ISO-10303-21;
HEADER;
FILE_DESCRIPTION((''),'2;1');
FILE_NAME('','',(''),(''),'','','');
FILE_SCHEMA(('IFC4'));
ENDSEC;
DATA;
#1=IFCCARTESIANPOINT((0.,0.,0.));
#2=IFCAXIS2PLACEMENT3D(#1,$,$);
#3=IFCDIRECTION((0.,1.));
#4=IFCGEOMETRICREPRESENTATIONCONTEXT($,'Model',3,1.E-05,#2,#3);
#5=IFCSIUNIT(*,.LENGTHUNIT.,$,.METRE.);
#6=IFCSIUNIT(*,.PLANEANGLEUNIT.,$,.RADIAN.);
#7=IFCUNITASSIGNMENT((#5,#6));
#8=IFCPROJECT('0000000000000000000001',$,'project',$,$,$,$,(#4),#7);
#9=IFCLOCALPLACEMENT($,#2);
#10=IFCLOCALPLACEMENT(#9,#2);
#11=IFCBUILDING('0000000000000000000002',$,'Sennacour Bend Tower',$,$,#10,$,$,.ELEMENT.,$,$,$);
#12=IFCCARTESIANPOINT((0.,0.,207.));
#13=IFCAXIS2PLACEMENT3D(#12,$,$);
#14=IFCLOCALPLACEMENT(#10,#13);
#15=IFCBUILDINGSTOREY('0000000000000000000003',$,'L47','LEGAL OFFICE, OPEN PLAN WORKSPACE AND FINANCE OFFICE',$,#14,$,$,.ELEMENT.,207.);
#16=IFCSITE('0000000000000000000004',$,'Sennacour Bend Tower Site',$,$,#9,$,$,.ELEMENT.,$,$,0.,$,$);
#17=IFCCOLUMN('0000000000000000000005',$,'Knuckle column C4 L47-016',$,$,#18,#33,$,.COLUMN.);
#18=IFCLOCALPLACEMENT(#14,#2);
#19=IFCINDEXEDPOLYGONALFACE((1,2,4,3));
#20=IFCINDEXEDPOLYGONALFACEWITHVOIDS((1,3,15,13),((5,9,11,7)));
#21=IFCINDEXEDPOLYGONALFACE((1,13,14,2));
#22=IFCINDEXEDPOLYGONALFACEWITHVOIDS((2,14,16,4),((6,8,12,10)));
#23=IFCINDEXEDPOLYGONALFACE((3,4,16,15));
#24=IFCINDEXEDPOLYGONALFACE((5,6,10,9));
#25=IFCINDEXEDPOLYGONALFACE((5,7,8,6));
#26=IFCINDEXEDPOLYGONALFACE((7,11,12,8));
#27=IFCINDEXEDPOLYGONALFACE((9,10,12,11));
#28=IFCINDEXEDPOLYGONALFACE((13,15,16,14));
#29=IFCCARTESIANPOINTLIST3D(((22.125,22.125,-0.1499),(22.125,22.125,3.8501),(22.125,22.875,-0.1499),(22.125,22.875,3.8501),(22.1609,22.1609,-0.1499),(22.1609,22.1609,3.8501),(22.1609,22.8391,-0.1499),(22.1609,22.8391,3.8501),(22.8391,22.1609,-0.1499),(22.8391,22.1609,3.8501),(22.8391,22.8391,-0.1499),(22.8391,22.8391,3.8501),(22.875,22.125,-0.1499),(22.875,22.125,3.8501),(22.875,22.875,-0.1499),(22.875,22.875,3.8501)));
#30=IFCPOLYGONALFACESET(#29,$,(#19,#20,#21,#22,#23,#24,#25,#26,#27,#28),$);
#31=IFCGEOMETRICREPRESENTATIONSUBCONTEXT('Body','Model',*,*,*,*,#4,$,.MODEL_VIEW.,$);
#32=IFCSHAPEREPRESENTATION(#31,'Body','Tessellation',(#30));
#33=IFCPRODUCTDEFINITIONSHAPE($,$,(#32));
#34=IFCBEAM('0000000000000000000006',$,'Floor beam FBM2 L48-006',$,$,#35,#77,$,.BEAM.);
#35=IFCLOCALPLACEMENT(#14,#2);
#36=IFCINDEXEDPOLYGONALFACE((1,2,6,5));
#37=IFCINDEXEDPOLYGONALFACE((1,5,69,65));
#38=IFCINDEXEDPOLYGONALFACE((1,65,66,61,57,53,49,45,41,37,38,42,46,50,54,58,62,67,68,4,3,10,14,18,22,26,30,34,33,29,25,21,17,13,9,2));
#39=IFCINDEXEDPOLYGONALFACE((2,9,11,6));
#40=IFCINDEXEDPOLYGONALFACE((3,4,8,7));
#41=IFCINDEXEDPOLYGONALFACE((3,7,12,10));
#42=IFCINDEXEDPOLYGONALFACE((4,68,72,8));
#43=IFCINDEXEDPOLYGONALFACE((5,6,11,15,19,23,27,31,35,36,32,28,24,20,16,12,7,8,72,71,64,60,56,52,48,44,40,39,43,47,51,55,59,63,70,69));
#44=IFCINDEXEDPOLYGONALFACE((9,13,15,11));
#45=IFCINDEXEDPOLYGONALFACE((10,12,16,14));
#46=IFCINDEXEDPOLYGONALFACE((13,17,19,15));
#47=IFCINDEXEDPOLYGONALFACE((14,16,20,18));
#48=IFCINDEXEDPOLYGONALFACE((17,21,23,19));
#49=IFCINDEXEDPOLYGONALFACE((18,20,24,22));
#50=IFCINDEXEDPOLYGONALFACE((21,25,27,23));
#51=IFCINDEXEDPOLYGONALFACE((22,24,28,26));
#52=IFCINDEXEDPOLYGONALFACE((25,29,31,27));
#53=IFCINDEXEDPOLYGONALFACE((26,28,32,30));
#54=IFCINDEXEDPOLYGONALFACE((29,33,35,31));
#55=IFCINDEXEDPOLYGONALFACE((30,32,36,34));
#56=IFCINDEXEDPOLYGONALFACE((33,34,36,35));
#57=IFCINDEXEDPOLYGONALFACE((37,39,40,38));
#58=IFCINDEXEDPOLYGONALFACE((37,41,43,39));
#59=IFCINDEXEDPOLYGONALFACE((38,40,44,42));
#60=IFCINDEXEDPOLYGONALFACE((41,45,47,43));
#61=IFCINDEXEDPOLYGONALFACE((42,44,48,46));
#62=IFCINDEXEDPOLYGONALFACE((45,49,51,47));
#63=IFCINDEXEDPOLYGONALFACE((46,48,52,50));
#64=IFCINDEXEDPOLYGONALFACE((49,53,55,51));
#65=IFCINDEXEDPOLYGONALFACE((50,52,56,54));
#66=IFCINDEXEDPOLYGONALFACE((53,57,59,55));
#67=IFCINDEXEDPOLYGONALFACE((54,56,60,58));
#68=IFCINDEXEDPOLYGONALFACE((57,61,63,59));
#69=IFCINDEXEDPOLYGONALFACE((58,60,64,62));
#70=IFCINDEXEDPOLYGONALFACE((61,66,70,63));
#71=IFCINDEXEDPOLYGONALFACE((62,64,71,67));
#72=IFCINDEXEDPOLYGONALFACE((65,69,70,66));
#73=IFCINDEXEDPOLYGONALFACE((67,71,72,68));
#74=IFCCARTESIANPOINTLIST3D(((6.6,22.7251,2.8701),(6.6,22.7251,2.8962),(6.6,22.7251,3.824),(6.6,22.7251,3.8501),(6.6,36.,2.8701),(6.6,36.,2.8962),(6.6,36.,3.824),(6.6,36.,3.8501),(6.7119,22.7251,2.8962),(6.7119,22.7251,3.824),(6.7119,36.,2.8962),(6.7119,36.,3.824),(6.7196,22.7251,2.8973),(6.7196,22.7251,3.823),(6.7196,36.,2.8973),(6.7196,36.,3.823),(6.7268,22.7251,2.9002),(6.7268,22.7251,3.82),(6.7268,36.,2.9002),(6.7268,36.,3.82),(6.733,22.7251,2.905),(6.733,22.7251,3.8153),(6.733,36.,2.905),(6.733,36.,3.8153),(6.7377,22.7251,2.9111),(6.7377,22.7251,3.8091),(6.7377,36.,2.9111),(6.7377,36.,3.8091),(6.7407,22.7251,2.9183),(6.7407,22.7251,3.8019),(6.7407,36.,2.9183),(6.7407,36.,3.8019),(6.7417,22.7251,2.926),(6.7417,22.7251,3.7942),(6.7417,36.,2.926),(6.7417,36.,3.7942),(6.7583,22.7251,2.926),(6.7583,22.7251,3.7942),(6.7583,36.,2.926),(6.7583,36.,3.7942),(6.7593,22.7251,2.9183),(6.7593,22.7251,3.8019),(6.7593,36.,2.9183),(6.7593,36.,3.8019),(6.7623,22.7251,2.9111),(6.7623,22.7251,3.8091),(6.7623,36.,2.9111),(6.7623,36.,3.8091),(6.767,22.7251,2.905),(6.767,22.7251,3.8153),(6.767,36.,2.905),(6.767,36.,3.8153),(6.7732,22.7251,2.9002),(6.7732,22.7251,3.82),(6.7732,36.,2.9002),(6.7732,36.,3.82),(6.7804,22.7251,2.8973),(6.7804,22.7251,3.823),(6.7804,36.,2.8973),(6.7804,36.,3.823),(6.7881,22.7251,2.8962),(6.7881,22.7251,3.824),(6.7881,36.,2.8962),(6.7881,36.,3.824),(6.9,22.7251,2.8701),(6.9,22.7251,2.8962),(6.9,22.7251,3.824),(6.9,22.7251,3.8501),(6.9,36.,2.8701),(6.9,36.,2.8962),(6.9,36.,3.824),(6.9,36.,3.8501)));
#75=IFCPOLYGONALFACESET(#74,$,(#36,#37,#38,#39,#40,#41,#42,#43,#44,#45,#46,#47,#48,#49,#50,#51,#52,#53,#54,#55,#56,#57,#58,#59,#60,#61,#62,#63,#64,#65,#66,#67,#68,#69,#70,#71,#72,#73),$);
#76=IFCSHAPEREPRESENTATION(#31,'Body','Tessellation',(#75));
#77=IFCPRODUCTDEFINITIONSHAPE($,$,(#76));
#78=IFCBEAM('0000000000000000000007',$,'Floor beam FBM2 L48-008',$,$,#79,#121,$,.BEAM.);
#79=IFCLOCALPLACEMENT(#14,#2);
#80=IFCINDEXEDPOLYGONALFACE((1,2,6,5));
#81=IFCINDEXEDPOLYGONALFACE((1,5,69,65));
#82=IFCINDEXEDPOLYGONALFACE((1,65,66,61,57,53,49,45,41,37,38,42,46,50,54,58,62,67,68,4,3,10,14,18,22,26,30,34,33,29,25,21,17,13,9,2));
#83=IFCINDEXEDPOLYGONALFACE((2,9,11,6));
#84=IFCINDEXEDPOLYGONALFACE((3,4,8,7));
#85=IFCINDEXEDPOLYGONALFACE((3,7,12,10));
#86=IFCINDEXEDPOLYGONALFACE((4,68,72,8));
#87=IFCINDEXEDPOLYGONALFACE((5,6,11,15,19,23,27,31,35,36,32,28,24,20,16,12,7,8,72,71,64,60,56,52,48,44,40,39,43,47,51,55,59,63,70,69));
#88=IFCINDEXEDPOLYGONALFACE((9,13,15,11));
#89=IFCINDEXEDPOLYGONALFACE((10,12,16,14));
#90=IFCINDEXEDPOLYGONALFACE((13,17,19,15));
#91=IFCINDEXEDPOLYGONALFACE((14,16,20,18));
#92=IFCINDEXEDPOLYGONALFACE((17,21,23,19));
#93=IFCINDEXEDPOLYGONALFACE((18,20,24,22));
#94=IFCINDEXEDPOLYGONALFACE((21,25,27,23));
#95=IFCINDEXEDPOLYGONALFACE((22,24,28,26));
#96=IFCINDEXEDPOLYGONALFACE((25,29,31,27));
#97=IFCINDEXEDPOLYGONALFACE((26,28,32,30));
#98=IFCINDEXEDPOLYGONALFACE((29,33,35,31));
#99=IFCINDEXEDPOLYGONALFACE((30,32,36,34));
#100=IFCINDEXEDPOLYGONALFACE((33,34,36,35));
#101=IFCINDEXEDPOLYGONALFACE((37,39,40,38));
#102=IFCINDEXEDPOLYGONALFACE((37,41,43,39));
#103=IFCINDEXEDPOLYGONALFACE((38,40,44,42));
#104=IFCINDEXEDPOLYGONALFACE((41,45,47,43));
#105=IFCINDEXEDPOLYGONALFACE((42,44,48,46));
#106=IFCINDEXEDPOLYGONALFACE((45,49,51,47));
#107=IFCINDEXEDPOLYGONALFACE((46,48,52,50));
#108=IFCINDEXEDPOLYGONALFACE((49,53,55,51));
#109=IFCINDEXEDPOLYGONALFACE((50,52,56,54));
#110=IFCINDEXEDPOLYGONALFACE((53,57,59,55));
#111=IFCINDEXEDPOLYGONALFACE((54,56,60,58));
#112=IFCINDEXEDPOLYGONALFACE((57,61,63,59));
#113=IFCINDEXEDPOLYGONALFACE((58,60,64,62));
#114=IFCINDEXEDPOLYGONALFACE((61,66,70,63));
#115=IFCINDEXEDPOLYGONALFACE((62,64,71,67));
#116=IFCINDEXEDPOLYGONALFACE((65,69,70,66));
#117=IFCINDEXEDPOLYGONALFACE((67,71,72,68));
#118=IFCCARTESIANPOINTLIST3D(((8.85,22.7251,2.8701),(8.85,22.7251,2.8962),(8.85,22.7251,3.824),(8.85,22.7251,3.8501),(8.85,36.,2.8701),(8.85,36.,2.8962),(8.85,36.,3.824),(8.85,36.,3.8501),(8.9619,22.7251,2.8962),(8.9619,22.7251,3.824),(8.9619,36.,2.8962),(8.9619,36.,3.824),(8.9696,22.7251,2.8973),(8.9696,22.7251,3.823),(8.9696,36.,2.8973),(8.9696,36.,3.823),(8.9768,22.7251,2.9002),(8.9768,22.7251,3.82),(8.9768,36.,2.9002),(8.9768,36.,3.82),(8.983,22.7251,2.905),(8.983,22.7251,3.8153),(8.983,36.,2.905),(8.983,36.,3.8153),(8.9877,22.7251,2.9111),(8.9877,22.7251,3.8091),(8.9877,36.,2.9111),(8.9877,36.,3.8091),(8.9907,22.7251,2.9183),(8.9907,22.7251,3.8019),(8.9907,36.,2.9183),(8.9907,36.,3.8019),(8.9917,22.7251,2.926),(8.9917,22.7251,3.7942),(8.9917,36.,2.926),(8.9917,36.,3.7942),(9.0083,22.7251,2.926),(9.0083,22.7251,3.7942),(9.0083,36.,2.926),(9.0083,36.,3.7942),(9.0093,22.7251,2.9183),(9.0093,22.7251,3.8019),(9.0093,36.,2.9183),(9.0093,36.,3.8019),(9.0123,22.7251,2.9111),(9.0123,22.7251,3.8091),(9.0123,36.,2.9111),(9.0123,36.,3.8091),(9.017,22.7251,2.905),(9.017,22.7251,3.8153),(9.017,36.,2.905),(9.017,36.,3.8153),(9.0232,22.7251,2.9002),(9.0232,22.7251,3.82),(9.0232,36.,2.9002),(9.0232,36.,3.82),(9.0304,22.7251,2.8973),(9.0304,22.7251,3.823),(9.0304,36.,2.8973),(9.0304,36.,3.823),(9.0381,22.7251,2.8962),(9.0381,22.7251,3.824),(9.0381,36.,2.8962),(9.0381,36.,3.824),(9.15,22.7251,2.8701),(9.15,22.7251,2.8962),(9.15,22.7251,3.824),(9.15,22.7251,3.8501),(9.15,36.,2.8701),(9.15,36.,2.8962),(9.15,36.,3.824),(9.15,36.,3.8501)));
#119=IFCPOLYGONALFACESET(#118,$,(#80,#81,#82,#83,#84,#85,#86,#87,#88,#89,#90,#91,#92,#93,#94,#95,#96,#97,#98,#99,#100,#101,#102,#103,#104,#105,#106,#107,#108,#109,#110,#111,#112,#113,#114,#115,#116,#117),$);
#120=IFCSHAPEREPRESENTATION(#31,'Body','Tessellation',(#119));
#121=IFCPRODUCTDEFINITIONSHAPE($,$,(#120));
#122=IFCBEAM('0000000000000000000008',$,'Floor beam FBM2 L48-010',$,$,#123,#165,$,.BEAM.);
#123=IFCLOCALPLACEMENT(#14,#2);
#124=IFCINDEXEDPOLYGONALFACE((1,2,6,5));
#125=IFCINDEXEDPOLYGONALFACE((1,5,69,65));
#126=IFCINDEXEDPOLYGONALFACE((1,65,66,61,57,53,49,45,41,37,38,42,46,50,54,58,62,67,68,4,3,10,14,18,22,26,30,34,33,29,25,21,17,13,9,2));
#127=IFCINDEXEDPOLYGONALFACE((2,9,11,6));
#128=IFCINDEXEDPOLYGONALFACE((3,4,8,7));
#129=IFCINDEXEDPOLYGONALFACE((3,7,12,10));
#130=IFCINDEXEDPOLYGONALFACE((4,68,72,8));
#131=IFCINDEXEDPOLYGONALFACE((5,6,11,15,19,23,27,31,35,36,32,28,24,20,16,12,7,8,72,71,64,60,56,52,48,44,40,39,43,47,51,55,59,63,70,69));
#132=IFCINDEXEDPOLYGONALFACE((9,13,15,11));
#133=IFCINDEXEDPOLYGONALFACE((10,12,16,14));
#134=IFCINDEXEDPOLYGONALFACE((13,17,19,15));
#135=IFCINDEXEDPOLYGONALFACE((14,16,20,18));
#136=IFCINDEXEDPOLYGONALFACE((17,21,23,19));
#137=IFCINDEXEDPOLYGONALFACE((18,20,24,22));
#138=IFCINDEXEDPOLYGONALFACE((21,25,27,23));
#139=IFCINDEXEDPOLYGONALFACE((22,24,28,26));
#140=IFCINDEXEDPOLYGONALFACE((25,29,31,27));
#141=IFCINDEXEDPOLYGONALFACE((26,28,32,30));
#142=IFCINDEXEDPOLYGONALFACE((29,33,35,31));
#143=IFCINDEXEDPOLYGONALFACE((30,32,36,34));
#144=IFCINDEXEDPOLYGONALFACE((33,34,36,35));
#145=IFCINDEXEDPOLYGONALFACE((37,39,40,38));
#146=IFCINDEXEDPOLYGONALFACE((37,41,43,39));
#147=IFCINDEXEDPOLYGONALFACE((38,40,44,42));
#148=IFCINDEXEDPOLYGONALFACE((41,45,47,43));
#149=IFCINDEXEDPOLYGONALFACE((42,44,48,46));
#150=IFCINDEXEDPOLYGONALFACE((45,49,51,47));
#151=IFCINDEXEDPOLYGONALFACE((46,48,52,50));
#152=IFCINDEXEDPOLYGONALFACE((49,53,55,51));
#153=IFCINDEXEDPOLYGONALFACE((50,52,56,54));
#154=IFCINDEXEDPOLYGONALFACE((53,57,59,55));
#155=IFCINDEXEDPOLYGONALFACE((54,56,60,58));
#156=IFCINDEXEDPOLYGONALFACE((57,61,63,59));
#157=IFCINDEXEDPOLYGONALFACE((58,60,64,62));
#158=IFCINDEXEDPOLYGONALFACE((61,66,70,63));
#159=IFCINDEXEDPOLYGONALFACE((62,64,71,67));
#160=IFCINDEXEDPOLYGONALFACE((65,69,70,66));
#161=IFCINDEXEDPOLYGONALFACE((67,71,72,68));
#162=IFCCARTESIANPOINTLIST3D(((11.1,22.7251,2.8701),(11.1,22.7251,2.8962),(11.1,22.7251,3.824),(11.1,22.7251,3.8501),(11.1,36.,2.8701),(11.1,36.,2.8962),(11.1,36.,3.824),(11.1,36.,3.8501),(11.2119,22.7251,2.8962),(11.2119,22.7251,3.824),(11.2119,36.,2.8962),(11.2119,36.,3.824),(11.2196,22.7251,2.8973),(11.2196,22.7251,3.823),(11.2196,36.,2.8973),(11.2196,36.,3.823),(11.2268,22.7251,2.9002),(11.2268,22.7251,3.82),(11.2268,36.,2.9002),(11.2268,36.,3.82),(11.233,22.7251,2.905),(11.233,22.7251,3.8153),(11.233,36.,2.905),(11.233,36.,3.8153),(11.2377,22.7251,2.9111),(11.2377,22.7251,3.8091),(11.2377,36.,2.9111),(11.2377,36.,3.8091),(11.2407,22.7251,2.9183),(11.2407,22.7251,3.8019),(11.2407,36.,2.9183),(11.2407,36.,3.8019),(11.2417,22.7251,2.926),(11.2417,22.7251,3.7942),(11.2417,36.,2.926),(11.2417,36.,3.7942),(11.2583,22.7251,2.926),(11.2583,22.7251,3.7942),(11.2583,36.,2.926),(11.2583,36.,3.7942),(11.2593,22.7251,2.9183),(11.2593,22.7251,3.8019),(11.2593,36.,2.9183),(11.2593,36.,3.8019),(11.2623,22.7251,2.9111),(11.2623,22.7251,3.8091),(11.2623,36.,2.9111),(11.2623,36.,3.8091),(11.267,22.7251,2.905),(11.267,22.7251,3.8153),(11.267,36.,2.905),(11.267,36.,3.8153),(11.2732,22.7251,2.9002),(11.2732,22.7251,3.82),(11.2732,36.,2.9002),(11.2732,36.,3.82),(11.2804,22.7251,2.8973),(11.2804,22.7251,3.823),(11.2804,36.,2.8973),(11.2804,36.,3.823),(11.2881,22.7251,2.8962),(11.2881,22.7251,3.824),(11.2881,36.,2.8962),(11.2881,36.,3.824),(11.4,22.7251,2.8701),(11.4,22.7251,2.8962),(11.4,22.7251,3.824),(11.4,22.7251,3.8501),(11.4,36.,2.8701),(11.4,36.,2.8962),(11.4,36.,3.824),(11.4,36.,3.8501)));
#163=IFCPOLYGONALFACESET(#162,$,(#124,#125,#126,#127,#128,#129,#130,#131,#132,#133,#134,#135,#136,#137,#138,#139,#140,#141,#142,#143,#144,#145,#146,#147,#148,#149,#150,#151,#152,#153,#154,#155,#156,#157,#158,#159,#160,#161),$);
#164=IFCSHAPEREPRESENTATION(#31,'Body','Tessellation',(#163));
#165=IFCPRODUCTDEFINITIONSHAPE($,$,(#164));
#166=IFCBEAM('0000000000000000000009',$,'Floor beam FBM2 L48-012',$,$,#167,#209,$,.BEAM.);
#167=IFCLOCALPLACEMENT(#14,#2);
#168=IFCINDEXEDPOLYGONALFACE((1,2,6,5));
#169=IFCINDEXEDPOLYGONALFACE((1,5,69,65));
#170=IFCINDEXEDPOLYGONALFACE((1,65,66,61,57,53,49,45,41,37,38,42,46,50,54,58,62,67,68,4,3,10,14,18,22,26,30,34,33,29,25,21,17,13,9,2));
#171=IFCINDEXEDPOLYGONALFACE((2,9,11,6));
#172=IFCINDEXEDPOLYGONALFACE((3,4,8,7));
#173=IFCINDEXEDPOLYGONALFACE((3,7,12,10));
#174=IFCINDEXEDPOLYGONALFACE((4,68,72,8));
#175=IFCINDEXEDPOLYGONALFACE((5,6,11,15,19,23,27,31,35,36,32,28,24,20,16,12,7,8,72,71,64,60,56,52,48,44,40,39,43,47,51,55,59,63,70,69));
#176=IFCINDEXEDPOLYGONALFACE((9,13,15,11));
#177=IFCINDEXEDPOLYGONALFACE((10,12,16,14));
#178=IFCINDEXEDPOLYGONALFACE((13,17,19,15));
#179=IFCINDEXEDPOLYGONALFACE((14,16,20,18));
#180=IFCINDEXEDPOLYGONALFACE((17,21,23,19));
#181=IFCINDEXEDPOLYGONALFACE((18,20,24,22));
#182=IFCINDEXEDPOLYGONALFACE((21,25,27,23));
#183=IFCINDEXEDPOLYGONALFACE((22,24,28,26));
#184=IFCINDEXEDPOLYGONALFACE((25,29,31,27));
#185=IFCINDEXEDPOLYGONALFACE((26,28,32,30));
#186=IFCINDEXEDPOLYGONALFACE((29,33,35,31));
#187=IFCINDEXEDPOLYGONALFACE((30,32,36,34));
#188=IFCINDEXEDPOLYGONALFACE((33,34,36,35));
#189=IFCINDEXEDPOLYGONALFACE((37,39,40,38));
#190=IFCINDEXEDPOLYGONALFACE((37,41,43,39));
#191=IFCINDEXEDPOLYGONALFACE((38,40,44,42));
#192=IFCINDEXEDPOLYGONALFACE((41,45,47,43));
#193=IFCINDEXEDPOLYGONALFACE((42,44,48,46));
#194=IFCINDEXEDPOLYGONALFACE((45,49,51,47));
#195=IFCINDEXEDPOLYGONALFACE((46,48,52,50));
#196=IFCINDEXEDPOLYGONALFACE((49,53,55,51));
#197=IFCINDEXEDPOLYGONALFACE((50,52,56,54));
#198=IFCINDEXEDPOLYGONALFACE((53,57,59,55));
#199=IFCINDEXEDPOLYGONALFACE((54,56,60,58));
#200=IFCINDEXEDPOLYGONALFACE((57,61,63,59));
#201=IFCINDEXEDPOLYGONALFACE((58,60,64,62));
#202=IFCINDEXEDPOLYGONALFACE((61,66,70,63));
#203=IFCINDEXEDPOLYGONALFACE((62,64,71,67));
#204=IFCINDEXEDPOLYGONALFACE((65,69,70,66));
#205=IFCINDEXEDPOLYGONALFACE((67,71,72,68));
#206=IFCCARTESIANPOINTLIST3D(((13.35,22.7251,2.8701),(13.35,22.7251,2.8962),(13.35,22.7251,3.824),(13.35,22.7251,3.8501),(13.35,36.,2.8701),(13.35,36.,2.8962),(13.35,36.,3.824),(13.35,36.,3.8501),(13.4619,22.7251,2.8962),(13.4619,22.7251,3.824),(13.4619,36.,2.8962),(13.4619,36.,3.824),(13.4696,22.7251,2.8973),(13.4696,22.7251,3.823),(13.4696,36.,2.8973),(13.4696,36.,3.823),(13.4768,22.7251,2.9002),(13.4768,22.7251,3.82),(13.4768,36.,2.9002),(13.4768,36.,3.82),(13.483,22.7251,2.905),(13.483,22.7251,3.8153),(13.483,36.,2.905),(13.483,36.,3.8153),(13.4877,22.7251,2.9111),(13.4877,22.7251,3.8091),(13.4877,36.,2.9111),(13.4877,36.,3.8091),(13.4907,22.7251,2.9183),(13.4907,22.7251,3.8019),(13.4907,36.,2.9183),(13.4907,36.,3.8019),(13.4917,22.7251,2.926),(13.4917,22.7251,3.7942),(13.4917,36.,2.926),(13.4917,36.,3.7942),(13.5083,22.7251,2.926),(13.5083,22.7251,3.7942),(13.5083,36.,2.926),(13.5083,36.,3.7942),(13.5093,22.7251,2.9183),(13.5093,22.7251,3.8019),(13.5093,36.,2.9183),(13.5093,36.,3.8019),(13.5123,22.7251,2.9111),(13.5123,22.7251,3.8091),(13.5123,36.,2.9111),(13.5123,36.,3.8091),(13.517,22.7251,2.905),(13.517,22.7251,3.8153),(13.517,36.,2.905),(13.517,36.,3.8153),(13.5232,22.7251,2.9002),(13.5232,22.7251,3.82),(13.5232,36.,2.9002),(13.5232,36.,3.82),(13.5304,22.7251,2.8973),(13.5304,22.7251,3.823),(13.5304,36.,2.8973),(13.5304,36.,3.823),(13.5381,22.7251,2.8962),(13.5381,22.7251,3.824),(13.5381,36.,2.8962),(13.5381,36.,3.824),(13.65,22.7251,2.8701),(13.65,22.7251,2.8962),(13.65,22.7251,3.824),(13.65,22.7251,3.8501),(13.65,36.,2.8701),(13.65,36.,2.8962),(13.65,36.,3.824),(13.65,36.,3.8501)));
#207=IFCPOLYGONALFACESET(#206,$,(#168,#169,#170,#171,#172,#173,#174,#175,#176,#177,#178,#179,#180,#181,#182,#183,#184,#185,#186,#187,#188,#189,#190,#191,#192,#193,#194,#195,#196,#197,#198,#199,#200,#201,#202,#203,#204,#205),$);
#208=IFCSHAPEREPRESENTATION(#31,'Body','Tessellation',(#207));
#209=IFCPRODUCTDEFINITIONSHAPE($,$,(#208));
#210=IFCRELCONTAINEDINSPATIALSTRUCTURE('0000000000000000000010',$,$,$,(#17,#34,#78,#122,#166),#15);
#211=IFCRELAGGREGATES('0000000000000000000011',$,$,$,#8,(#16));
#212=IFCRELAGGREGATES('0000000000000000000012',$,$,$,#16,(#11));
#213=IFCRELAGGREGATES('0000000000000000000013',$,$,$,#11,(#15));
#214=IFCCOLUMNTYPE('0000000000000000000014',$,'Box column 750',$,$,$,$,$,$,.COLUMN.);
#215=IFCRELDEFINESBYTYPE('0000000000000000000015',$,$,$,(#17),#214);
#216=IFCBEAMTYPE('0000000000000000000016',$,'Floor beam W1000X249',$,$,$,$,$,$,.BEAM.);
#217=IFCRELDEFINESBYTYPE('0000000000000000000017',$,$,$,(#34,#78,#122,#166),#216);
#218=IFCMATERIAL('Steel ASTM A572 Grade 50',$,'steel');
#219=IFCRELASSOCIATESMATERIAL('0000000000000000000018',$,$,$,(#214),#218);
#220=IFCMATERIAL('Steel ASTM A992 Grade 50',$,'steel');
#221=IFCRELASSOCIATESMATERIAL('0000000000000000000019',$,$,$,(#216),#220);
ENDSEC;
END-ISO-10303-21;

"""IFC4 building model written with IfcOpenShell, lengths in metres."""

from ifc_helpers import new_model, si_unit, direction, frame, origin, origin_2d, place, context, subcontext, project, spatial, hollow_rectangle, i_section, extrude, material, material_profile, profile_set, type_object, element, save


model = new_model("IFC4")

# Units and contexts
model_context = context("Model", 3, precision=1e-05, world=origin(), true_north=direction((0.0, 1.0)))
body_context = subcontext(model_context, "Body", "Model", "MODEL_VIEW")
ifc_project = project(units=[si_unit("LENGTHUNIT", "METRE"), si_unit("PLANEANGLEUNIT", "RADIAN")], contexts=[model_context])

# Site, building, storey
site_placement = place(None, origin())
site = spatial("IfcSite", under=ifc_project, at=site_placement, Name="Sennacour Bend Tower Site", CompositionType="ELEMENT", RefElevation=0.0)
building_placement = place(site_placement, origin())
building = spatial("IfcBuilding", under=site, at=building_placement, Name="Sennacour Bend Tower", CompositionType="ELEMENT")
storey_placement = place(building_placement, frame((0.0, 0.0, 207.0)))
storey = spatial("IfcBuildingStorey", under=building, at=storey_placement, Name="L47", Description="LEGAL OFFICE, OPEN PLAN WORKSPACE AND FINANCE OFFICE", CompositionType="ELEMENT", Elevation=207.0)

# Column
ifc_material_1 = material(Name="Steel ASTM A572 Grade 50", Category="steel")
ifc_material_profile_1 = material_profile(ifc_material_1, hollow_rectangle(XDim=0.75, YDim=0.75, WallThickness=0.0359, at=origin_2d()), Name="Steel ASTM A572 Grade 50", Category="steel")
ifc_profile_set_1 = profile_set([ifc_material_profile_1], Name="Steel ASTM A572 Grade 50")
column_type = type_object("IfcColumnType", Name="Box column 750", PredefinedType="COLUMN", material=ifc_profile_set_1)
column_placement = place(storey_placement, frame((22.5, 22.5, -0.1499), z_axis=(0.0, 0.0, 1.0), x_axis=(1.0, 0.0, 0.0)))
element("IfcColumn", 1, at=column_placement, inside=storey, type_object=column_type, Name="Knuckle column C4 L47-016", PredefinedType="COLUMN", context=body_context, shape_type="SweptSolid", body=[
    extrude(hollow_rectangle(XDim=0.75, YDim=0.75, WallThickness=0.0359, at=origin_2d()), origin(), (0.0, 0.0, 1.0), 4.0),
])

# Beams
ifc_material_2 = material(Name="Steel ASTM A992 Grade 50", Category="steel")
ifc_material_profile_2 = material_profile(ifc_material_2, i_section(OverallWidth=0.3, OverallDepth=0.98, WebThickness=0.0166, FlangeThickness=0.0261, FilletRadius=0.0298, at=origin_2d()), Name="Steel ASTM A992 Grade 50", Category="steel")
ifc_profile_set_2 = profile_set([ifc_material_profile_2], Name="Steel ASTM A992 Grade 50")
beam_type_1 = type_object("IfcBeamType", Name="Floor beam W1000X249", PredefinedType="BEAM", material=ifc_profile_set_2)
for number, where, z_axis, x_axis, name in (
    (2, (6.75, 22.7251, 3.3601), (0.0, 1.0, 0.0), (-1.0, 0.0, 0.0), "Floor beam FBM2 L48-006"),
    (3, (9.0, 22.7251, 3.3601), (0.0, 1.0, 0.0), (-1.0, 0.0, 0.0), "Floor beam FBM2 L48-008"),
    (4, (11.25, 22.7251, 3.3601), (0.0, 1.0, 0.0), (-1.0, 0.0, 0.0), "Floor beam FBM2 L48-010"),
    (5, (13.5, 22.7251, 3.3601), (0.0, 1.0, 0.0), (-1.0, 0.0, 0.0), "Floor beam FBM2 L48-012"),
):
    element("IfcBeam", number, at=place(storey_placement, frame(where, z_axis=z_axis, x_axis=x_axis)), inside=storey, type_object=beam_type_1, Name=name, PredefinedType="BEAM", context=body_context, shape_type="SweptSolid", body=[
        extrude(i_section(OverallWidth=0.3, OverallDepth=0.98, WebThickness=0.0166, FlangeThickness=0.0261, FilletRadius=0.0298, at=origin_2d()), origin(), (0.0, 0.0, 1.0), 13.2749),
    ])

save(model, "model.ifc")
